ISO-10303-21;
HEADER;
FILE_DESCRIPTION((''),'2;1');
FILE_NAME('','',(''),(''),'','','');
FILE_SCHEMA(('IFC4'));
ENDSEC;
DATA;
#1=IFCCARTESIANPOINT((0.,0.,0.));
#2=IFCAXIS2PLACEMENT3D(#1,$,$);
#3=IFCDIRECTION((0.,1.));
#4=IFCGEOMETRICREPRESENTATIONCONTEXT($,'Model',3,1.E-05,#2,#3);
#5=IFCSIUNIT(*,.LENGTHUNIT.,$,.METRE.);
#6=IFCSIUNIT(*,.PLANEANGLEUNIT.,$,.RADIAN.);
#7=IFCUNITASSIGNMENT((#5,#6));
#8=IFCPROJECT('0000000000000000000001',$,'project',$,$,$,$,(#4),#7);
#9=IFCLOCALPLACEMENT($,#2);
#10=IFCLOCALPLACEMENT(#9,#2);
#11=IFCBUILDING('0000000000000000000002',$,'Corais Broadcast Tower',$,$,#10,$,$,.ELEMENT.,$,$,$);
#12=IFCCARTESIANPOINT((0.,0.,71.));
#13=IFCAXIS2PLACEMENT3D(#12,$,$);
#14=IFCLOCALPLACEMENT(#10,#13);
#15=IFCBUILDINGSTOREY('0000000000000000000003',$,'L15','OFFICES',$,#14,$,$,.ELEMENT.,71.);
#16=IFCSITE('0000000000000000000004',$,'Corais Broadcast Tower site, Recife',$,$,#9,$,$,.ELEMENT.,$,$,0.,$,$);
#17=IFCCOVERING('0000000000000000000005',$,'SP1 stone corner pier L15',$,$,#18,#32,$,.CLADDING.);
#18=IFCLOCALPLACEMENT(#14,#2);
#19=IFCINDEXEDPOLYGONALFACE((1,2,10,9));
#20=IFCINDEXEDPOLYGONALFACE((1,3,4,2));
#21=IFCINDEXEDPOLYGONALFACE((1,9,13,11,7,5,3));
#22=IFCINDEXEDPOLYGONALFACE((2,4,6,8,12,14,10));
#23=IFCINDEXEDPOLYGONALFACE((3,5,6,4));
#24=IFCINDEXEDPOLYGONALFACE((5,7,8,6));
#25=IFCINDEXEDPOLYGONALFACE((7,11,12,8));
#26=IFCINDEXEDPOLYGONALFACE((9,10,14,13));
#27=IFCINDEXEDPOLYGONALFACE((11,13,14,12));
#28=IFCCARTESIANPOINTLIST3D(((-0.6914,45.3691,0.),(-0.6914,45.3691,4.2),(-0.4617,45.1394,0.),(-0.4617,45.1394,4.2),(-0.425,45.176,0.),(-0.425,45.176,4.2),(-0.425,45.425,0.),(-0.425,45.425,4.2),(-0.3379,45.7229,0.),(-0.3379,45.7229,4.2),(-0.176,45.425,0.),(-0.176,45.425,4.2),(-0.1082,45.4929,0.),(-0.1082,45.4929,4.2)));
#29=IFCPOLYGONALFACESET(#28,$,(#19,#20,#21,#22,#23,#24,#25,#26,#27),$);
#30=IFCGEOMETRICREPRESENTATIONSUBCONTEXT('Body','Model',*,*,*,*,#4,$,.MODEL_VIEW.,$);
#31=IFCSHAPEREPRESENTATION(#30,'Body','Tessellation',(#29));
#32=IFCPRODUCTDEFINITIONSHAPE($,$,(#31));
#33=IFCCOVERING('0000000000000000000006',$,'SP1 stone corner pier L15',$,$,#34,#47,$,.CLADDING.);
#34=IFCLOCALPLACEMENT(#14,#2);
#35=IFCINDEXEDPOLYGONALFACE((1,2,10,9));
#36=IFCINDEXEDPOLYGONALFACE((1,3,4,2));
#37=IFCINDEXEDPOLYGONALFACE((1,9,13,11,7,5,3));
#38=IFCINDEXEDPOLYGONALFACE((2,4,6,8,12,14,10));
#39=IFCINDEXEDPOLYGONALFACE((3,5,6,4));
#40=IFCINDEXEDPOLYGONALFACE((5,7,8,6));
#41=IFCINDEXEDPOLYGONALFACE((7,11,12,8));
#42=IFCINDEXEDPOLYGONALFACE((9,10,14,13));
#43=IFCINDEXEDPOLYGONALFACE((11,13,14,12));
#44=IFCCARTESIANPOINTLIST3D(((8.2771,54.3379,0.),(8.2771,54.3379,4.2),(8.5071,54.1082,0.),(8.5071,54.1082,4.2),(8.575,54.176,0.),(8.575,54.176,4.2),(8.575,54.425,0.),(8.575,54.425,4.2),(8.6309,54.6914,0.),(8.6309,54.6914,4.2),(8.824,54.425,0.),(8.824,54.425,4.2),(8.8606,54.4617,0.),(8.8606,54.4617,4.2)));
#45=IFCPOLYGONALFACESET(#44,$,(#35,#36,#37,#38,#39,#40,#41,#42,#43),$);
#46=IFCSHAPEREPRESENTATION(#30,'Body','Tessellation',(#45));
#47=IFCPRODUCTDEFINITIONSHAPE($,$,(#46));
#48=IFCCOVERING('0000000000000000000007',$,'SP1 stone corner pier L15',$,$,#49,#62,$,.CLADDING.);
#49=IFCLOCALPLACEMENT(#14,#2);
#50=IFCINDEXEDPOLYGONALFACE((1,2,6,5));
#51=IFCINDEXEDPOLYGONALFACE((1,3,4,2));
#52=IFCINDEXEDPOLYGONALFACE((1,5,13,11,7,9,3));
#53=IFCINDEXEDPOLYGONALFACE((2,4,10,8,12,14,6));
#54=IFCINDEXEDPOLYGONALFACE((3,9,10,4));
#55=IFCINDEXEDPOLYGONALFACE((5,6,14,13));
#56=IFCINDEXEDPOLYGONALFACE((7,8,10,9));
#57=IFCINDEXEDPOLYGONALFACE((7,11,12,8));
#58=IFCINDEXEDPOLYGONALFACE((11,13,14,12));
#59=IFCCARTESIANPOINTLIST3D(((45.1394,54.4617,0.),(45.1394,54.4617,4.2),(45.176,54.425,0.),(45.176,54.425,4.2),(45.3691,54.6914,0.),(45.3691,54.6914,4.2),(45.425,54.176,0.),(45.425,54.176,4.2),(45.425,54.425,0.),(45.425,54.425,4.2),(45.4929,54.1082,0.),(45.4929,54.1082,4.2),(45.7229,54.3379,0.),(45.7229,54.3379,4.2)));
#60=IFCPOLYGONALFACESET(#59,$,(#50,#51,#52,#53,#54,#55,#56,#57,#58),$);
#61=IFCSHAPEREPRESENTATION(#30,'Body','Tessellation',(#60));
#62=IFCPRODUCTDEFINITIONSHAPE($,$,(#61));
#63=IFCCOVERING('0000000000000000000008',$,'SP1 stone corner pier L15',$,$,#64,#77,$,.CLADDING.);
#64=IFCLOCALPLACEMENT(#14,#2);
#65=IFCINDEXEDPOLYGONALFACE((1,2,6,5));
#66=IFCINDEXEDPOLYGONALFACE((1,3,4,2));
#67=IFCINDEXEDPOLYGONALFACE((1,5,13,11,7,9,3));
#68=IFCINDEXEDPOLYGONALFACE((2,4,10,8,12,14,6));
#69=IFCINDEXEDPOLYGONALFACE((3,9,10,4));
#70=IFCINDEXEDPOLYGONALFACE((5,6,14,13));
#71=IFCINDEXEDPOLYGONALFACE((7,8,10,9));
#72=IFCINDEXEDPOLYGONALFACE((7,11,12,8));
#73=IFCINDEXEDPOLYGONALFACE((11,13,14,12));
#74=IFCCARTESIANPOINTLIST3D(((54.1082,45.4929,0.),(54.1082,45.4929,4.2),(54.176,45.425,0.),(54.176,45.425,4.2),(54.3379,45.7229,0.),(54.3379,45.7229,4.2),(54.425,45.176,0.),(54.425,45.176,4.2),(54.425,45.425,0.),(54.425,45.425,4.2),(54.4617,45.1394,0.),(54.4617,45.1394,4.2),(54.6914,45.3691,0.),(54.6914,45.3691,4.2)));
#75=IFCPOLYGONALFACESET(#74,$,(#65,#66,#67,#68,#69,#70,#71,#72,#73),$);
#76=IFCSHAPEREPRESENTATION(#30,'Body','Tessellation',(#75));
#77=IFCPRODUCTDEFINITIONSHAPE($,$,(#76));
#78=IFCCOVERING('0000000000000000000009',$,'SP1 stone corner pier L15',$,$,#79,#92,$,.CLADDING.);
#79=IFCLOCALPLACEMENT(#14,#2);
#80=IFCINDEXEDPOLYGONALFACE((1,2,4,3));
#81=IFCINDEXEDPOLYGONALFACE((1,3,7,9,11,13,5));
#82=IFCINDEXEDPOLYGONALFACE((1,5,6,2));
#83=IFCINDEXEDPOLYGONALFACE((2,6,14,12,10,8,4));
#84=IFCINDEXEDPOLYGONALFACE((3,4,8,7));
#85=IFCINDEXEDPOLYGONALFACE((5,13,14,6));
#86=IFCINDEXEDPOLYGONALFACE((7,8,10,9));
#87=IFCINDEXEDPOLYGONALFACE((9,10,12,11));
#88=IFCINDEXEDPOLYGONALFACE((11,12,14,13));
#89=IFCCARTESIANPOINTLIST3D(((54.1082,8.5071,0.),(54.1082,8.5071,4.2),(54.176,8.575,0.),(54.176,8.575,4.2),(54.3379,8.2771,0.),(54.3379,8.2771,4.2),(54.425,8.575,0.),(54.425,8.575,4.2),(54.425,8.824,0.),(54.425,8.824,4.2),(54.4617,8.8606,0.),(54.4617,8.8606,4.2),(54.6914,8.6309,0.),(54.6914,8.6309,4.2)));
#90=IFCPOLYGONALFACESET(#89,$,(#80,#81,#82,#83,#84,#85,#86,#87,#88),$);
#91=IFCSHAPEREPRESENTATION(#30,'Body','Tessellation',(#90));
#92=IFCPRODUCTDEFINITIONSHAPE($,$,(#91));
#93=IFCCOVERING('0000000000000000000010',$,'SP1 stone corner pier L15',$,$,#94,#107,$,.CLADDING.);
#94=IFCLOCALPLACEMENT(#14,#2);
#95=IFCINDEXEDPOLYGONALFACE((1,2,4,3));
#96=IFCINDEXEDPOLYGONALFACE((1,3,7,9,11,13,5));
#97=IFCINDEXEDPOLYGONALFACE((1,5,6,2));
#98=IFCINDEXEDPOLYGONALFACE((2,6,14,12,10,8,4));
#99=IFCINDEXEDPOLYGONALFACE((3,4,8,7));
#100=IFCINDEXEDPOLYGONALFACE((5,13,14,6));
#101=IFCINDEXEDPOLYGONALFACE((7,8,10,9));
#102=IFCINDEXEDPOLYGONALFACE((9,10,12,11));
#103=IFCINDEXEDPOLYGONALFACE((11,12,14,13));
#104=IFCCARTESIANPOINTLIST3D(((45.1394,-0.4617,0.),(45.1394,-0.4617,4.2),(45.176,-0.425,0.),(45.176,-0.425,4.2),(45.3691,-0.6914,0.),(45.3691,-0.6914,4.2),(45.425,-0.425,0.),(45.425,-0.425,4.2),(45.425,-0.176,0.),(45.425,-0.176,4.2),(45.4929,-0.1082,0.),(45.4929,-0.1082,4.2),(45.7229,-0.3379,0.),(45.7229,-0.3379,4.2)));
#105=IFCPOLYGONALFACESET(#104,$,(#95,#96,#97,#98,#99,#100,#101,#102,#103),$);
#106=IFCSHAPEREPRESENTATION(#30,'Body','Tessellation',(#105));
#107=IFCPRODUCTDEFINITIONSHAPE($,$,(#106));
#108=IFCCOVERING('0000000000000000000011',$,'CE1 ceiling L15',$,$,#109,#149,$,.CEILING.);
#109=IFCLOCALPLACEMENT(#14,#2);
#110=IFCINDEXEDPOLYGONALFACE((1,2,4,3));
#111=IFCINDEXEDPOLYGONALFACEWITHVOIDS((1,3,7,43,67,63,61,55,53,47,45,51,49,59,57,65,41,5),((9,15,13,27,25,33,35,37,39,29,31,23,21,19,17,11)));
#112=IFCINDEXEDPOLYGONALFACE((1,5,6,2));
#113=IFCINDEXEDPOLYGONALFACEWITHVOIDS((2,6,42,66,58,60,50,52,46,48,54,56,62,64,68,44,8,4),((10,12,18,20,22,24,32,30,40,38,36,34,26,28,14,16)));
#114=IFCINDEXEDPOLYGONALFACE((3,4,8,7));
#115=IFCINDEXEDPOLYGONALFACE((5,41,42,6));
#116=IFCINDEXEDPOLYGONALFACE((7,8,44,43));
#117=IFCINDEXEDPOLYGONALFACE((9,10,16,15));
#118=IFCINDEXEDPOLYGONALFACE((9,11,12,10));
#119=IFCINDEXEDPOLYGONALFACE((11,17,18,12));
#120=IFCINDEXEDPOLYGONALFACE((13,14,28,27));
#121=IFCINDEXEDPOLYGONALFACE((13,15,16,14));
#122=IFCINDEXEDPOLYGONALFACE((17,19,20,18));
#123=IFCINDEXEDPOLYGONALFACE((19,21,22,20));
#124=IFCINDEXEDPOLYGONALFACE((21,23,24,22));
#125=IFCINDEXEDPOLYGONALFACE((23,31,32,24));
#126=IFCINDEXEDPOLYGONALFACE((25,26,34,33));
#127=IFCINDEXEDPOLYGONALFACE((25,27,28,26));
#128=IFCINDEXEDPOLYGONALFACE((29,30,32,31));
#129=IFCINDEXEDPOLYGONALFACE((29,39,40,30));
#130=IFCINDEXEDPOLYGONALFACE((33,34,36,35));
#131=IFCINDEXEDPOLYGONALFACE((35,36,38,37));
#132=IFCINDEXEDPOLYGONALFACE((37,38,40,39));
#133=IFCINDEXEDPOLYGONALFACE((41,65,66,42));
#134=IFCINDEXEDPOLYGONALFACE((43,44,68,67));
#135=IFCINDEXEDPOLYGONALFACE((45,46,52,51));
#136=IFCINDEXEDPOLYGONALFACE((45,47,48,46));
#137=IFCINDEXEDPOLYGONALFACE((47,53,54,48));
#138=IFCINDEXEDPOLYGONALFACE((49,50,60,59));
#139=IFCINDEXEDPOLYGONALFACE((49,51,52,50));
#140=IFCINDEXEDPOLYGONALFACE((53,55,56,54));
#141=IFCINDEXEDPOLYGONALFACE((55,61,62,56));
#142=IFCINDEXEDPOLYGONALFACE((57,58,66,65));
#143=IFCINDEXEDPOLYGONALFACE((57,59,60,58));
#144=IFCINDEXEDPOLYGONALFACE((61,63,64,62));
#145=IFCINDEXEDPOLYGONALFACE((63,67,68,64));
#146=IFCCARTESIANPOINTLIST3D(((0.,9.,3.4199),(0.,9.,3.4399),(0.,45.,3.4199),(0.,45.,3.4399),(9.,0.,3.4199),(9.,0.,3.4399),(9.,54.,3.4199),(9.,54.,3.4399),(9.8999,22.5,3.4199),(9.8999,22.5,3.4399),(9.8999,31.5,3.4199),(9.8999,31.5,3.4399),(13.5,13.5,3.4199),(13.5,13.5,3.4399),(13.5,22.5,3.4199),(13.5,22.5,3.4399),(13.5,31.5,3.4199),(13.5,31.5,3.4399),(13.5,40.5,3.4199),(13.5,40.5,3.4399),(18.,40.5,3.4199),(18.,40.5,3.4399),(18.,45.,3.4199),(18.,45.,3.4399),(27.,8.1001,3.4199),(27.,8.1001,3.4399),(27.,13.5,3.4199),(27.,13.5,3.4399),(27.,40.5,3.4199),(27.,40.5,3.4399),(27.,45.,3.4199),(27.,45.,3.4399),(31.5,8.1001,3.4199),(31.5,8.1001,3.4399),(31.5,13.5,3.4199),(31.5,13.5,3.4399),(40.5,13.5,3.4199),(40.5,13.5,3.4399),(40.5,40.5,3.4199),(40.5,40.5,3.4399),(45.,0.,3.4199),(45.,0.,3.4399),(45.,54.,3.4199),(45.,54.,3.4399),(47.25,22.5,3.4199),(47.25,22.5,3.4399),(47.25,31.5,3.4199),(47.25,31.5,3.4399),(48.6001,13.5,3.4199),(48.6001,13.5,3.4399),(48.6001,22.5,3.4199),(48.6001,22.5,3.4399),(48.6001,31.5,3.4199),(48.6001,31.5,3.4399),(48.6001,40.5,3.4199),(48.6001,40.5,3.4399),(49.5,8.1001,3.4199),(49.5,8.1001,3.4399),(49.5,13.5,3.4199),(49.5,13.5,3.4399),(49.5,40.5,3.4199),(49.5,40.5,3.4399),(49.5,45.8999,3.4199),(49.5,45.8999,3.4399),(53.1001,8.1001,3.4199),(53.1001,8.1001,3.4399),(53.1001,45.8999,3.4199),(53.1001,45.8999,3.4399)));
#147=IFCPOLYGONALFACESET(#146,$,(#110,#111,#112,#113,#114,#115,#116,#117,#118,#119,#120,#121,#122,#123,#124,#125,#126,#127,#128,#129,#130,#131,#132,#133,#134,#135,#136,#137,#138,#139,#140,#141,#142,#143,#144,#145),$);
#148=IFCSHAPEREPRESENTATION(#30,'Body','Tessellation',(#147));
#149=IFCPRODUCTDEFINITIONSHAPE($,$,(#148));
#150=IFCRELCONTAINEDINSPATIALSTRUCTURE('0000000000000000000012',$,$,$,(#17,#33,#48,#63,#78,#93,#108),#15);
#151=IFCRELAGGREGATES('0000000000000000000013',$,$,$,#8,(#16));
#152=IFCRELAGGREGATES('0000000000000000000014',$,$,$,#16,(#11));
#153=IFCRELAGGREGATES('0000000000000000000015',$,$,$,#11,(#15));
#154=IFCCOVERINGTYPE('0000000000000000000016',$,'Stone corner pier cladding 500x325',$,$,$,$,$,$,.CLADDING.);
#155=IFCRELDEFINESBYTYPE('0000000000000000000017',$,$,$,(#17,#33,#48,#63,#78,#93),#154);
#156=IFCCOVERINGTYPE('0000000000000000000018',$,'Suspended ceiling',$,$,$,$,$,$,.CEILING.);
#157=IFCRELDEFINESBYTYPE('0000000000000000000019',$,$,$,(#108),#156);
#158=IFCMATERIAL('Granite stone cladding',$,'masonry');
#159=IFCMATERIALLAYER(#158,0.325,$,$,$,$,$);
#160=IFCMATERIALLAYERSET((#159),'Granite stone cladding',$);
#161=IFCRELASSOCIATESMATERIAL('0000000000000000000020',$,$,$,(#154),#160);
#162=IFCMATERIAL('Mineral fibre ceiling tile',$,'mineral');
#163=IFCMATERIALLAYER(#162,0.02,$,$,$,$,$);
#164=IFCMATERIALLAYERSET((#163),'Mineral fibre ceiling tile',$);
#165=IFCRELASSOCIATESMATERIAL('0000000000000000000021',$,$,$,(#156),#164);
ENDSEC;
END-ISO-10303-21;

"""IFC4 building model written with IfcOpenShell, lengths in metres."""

from ifc_helpers import new_model, si_unit, direction, frame, origin, place, context, subcontext, project, spatial, polyline, outline, extrude, material, layer, layer_set, type_object, element, save


model = new_model("IFC4")

# Units and contexts
model_context = context("Model", 3, precision=1e-05, world=origin(), true_north=direction((0.0, 1.0)))
body_context = subcontext(model_context, "Body", "Model", "MODEL_VIEW")
ifc_project = project(units=[si_unit("LENGTHUNIT", "METRE"), si_unit("PLANEANGLEUNIT", "RADIAN")], contexts=[model_context])

# Site, building, storey
site_placement = place(None, origin())
site = spatial("IfcSite", under=ifc_project, at=site_placement, Name="Corais Broadcast Tower site, Recife", CompositionType="ELEMENT", RefElevation=0.0)
building_placement = place(site_placement, origin())
building = spatial("IfcBuilding", under=site, at=building_placement, Name="Corais Broadcast Tower", CompositionType="ELEMENT")
storey_placement = place(building_placement, frame((0.0, 0.0, 71.0)))
storey = spatial("IfcBuildingStorey", under=building, at=storey_placement, Name="L15", Description="OFFICES", CompositionType="ELEMENT", Elevation=71.0)

# Coverings
ifc_material_1 = material(Name="Granite stone cladding", Category="masonry")
ifc_layer_1 = layer(ifc_material_1, 0.325)
ifc_layer_set_1 = layer_set([ifc_layer_1], Name="Granite stone cladding")
covering_type_1 = type_object("IfcCoveringType", Name="Stone corner pier cladding 500x325", PredefinedType="CLADDING", material=ifc_layer_set_1)
covering_1_placement = place(storey_placement, origin())
element("IfcCovering", 1, at=covering_1_placement, inside=storey, type_object=covering_type_1, Name="SP1 stone corner pier L15", PredefinedType="CLADDING", context=body_context, shape_type="SweptSolid", body=[
    extrude(outline(polyline([(-0.4617, 45.1394), (-0.425, 45.176), (-0.425, 45.425), (-0.176, 45.425), (-0.1082, 45.4929), (-0.3379, 45.7229), (-0.6914, 45.3691), (-0.4617, 45.1394)])), origin(), (0.0, 0.0, 1.0), 4.2),
])
covering_2_placement = place(storey_placement, origin())
element("IfcCovering", 2, at=covering_2_placement, inside=storey, type_object=covering_type_1, Name="SP1 stone corner pier L15", PredefinedType="CLADDING", context=body_context, shape_type="SweptSolid", body=[
    extrude(outline(polyline([(8.824, 54.425), (8.8606, 54.4617), (8.6309, 54.6914), (8.2771, 54.3379), (8.5071, 54.1082), (8.575, 54.176), (8.575, 54.425), (8.824, 54.425)])), origin(), (0.0, 0.0, 1.0), 4.2),
])
covering_3_placement = place(storey_placement, origin())
element("IfcCovering", 3, at=covering_3_placement, inside=storey, type_object=covering_type_1, Name="SP1 stone corner pier L15", PredefinedType="CLADDING", context=body_context, shape_type="SweptSolid", body=[
    extrude(outline(polyline([(45.1394, 54.4617), (45.176, 54.425), (45.425, 54.425), (45.425, 54.176), (45.4929, 54.1082), (45.7229, 54.3379), (45.3691, 54.6914), (45.1394, 54.4617)])), origin(), (0.0, 0.0, 1.0), 4.2),
])
covering_4_placement = place(storey_placement, origin())
element("IfcCovering", 4, at=covering_4_placement, inside=storey, type_object=covering_type_1, Name="SP1 stone corner pier L15", PredefinedType="CLADDING", context=body_context, shape_type="SweptSolid", body=[
    extrude(outline(polyline([(54.425, 45.176), (54.4617, 45.1394), (54.6914, 45.3691), (54.3379, 45.7229), (54.1082, 45.4929), (54.176, 45.425), (54.425, 45.425), (54.425, 45.176)])), origin(), (0.0, 0.0, 1.0), 4.2),
])
covering_5_placement = place(storey_placement, origin())
element("IfcCovering", 5, at=covering_5_placement, inside=storey, type_object=covering_type_1, Name="SP1 stone corner pier L15", PredefinedType="CLADDING", context=body_context, shape_type="SweptSolid", body=[
    extrude(outline(polyline([(54.4617, 8.8606), (54.425, 8.824), (54.425, 8.575), (54.176, 8.575), (54.1082, 8.5071), (54.3379, 8.2771), (54.6914, 8.6309), (54.4617, 8.8606)])), origin(), (0.0, 0.0, 1.0), 4.2),
])
covering_6_placement = place(storey_placement, origin())
element("IfcCovering", 6, at=covering_6_placement, inside=storey, type_object=covering_type_1, Name="SP1 stone corner pier L15", PredefinedType="CLADDING", context=body_context, shape_type="SweptSolid", body=[
    extrude(outline(polyline([(45.176, -0.425), (45.1394, -0.4617), (45.3691, -0.6914), (45.7229, -0.3379), (45.4929, -0.1082), (45.425, -0.176), (45.425, -0.425), (45.176, -0.425)])), origin(), (0.0, 0.0, 1.0), 4.2),
])
ifc_material_2 = material(Name="Mineral fibre ceiling tile", Category="mineral")
ifc_layer_2 = layer(ifc_material_2, 0.02)
ifc_layer_set_2 = layer_set([ifc_layer_2], Name="Mineral fibre ceiling tile")
covering_type_2 = type_object("IfcCoveringType", Name="Suspended ceiling", PredefinedType="CEILING", material=ifc_layer_set_2)
covering_7_placement = place(storey_placement, frame((0.0, 0.0, 3.4199)))
element("IfcCovering", 7, at=covering_7_placement, inside=storey, type_object=covering_type_2, Name="CE1 ceiling L15", PredefinedType="CEILING", context=body_context, shape_type="SweptSolid", body=[
    extrude(outline(polyline([(48.6001, 22.5), (48.6001, 13.5), (49.5, 13.5), (49.5, 8.1001), (53.1001, 8.1001), (45.0, 0.0), (9.0, 0.0), (0.0, 9.0), (0.0, 45.0), (9.0, 54.0), (45.0, 54.0), (53.1001, 45.8999), (49.5, 45.8999), (49.5, 40.5), (48.6001, 40.5), (48.6001, 31.5), (47.25, 31.5), (47.25, 22.5), (48.6001, 22.5)]), holes=[polyline([(27.0, 13.5), (27.0, 8.1001), (31.5, 8.1001), (31.5, 13.5), (40.5, 13.5), (40.5, 40.5), (27.0, 40.5), (27.0, 45.0), (18.0, 45.0), (18.0, 40.5), (13.5, 40.5), (13.5, 31.5), (9.8999, 31.5), (9.8999, 22.5), (13.5, 22.5), (13.5, 13.5), (27.0, 13.5)])]), origin(), (0.0, 0.0, 1.0), 0.02),
])

save(model, "model.ifc")
